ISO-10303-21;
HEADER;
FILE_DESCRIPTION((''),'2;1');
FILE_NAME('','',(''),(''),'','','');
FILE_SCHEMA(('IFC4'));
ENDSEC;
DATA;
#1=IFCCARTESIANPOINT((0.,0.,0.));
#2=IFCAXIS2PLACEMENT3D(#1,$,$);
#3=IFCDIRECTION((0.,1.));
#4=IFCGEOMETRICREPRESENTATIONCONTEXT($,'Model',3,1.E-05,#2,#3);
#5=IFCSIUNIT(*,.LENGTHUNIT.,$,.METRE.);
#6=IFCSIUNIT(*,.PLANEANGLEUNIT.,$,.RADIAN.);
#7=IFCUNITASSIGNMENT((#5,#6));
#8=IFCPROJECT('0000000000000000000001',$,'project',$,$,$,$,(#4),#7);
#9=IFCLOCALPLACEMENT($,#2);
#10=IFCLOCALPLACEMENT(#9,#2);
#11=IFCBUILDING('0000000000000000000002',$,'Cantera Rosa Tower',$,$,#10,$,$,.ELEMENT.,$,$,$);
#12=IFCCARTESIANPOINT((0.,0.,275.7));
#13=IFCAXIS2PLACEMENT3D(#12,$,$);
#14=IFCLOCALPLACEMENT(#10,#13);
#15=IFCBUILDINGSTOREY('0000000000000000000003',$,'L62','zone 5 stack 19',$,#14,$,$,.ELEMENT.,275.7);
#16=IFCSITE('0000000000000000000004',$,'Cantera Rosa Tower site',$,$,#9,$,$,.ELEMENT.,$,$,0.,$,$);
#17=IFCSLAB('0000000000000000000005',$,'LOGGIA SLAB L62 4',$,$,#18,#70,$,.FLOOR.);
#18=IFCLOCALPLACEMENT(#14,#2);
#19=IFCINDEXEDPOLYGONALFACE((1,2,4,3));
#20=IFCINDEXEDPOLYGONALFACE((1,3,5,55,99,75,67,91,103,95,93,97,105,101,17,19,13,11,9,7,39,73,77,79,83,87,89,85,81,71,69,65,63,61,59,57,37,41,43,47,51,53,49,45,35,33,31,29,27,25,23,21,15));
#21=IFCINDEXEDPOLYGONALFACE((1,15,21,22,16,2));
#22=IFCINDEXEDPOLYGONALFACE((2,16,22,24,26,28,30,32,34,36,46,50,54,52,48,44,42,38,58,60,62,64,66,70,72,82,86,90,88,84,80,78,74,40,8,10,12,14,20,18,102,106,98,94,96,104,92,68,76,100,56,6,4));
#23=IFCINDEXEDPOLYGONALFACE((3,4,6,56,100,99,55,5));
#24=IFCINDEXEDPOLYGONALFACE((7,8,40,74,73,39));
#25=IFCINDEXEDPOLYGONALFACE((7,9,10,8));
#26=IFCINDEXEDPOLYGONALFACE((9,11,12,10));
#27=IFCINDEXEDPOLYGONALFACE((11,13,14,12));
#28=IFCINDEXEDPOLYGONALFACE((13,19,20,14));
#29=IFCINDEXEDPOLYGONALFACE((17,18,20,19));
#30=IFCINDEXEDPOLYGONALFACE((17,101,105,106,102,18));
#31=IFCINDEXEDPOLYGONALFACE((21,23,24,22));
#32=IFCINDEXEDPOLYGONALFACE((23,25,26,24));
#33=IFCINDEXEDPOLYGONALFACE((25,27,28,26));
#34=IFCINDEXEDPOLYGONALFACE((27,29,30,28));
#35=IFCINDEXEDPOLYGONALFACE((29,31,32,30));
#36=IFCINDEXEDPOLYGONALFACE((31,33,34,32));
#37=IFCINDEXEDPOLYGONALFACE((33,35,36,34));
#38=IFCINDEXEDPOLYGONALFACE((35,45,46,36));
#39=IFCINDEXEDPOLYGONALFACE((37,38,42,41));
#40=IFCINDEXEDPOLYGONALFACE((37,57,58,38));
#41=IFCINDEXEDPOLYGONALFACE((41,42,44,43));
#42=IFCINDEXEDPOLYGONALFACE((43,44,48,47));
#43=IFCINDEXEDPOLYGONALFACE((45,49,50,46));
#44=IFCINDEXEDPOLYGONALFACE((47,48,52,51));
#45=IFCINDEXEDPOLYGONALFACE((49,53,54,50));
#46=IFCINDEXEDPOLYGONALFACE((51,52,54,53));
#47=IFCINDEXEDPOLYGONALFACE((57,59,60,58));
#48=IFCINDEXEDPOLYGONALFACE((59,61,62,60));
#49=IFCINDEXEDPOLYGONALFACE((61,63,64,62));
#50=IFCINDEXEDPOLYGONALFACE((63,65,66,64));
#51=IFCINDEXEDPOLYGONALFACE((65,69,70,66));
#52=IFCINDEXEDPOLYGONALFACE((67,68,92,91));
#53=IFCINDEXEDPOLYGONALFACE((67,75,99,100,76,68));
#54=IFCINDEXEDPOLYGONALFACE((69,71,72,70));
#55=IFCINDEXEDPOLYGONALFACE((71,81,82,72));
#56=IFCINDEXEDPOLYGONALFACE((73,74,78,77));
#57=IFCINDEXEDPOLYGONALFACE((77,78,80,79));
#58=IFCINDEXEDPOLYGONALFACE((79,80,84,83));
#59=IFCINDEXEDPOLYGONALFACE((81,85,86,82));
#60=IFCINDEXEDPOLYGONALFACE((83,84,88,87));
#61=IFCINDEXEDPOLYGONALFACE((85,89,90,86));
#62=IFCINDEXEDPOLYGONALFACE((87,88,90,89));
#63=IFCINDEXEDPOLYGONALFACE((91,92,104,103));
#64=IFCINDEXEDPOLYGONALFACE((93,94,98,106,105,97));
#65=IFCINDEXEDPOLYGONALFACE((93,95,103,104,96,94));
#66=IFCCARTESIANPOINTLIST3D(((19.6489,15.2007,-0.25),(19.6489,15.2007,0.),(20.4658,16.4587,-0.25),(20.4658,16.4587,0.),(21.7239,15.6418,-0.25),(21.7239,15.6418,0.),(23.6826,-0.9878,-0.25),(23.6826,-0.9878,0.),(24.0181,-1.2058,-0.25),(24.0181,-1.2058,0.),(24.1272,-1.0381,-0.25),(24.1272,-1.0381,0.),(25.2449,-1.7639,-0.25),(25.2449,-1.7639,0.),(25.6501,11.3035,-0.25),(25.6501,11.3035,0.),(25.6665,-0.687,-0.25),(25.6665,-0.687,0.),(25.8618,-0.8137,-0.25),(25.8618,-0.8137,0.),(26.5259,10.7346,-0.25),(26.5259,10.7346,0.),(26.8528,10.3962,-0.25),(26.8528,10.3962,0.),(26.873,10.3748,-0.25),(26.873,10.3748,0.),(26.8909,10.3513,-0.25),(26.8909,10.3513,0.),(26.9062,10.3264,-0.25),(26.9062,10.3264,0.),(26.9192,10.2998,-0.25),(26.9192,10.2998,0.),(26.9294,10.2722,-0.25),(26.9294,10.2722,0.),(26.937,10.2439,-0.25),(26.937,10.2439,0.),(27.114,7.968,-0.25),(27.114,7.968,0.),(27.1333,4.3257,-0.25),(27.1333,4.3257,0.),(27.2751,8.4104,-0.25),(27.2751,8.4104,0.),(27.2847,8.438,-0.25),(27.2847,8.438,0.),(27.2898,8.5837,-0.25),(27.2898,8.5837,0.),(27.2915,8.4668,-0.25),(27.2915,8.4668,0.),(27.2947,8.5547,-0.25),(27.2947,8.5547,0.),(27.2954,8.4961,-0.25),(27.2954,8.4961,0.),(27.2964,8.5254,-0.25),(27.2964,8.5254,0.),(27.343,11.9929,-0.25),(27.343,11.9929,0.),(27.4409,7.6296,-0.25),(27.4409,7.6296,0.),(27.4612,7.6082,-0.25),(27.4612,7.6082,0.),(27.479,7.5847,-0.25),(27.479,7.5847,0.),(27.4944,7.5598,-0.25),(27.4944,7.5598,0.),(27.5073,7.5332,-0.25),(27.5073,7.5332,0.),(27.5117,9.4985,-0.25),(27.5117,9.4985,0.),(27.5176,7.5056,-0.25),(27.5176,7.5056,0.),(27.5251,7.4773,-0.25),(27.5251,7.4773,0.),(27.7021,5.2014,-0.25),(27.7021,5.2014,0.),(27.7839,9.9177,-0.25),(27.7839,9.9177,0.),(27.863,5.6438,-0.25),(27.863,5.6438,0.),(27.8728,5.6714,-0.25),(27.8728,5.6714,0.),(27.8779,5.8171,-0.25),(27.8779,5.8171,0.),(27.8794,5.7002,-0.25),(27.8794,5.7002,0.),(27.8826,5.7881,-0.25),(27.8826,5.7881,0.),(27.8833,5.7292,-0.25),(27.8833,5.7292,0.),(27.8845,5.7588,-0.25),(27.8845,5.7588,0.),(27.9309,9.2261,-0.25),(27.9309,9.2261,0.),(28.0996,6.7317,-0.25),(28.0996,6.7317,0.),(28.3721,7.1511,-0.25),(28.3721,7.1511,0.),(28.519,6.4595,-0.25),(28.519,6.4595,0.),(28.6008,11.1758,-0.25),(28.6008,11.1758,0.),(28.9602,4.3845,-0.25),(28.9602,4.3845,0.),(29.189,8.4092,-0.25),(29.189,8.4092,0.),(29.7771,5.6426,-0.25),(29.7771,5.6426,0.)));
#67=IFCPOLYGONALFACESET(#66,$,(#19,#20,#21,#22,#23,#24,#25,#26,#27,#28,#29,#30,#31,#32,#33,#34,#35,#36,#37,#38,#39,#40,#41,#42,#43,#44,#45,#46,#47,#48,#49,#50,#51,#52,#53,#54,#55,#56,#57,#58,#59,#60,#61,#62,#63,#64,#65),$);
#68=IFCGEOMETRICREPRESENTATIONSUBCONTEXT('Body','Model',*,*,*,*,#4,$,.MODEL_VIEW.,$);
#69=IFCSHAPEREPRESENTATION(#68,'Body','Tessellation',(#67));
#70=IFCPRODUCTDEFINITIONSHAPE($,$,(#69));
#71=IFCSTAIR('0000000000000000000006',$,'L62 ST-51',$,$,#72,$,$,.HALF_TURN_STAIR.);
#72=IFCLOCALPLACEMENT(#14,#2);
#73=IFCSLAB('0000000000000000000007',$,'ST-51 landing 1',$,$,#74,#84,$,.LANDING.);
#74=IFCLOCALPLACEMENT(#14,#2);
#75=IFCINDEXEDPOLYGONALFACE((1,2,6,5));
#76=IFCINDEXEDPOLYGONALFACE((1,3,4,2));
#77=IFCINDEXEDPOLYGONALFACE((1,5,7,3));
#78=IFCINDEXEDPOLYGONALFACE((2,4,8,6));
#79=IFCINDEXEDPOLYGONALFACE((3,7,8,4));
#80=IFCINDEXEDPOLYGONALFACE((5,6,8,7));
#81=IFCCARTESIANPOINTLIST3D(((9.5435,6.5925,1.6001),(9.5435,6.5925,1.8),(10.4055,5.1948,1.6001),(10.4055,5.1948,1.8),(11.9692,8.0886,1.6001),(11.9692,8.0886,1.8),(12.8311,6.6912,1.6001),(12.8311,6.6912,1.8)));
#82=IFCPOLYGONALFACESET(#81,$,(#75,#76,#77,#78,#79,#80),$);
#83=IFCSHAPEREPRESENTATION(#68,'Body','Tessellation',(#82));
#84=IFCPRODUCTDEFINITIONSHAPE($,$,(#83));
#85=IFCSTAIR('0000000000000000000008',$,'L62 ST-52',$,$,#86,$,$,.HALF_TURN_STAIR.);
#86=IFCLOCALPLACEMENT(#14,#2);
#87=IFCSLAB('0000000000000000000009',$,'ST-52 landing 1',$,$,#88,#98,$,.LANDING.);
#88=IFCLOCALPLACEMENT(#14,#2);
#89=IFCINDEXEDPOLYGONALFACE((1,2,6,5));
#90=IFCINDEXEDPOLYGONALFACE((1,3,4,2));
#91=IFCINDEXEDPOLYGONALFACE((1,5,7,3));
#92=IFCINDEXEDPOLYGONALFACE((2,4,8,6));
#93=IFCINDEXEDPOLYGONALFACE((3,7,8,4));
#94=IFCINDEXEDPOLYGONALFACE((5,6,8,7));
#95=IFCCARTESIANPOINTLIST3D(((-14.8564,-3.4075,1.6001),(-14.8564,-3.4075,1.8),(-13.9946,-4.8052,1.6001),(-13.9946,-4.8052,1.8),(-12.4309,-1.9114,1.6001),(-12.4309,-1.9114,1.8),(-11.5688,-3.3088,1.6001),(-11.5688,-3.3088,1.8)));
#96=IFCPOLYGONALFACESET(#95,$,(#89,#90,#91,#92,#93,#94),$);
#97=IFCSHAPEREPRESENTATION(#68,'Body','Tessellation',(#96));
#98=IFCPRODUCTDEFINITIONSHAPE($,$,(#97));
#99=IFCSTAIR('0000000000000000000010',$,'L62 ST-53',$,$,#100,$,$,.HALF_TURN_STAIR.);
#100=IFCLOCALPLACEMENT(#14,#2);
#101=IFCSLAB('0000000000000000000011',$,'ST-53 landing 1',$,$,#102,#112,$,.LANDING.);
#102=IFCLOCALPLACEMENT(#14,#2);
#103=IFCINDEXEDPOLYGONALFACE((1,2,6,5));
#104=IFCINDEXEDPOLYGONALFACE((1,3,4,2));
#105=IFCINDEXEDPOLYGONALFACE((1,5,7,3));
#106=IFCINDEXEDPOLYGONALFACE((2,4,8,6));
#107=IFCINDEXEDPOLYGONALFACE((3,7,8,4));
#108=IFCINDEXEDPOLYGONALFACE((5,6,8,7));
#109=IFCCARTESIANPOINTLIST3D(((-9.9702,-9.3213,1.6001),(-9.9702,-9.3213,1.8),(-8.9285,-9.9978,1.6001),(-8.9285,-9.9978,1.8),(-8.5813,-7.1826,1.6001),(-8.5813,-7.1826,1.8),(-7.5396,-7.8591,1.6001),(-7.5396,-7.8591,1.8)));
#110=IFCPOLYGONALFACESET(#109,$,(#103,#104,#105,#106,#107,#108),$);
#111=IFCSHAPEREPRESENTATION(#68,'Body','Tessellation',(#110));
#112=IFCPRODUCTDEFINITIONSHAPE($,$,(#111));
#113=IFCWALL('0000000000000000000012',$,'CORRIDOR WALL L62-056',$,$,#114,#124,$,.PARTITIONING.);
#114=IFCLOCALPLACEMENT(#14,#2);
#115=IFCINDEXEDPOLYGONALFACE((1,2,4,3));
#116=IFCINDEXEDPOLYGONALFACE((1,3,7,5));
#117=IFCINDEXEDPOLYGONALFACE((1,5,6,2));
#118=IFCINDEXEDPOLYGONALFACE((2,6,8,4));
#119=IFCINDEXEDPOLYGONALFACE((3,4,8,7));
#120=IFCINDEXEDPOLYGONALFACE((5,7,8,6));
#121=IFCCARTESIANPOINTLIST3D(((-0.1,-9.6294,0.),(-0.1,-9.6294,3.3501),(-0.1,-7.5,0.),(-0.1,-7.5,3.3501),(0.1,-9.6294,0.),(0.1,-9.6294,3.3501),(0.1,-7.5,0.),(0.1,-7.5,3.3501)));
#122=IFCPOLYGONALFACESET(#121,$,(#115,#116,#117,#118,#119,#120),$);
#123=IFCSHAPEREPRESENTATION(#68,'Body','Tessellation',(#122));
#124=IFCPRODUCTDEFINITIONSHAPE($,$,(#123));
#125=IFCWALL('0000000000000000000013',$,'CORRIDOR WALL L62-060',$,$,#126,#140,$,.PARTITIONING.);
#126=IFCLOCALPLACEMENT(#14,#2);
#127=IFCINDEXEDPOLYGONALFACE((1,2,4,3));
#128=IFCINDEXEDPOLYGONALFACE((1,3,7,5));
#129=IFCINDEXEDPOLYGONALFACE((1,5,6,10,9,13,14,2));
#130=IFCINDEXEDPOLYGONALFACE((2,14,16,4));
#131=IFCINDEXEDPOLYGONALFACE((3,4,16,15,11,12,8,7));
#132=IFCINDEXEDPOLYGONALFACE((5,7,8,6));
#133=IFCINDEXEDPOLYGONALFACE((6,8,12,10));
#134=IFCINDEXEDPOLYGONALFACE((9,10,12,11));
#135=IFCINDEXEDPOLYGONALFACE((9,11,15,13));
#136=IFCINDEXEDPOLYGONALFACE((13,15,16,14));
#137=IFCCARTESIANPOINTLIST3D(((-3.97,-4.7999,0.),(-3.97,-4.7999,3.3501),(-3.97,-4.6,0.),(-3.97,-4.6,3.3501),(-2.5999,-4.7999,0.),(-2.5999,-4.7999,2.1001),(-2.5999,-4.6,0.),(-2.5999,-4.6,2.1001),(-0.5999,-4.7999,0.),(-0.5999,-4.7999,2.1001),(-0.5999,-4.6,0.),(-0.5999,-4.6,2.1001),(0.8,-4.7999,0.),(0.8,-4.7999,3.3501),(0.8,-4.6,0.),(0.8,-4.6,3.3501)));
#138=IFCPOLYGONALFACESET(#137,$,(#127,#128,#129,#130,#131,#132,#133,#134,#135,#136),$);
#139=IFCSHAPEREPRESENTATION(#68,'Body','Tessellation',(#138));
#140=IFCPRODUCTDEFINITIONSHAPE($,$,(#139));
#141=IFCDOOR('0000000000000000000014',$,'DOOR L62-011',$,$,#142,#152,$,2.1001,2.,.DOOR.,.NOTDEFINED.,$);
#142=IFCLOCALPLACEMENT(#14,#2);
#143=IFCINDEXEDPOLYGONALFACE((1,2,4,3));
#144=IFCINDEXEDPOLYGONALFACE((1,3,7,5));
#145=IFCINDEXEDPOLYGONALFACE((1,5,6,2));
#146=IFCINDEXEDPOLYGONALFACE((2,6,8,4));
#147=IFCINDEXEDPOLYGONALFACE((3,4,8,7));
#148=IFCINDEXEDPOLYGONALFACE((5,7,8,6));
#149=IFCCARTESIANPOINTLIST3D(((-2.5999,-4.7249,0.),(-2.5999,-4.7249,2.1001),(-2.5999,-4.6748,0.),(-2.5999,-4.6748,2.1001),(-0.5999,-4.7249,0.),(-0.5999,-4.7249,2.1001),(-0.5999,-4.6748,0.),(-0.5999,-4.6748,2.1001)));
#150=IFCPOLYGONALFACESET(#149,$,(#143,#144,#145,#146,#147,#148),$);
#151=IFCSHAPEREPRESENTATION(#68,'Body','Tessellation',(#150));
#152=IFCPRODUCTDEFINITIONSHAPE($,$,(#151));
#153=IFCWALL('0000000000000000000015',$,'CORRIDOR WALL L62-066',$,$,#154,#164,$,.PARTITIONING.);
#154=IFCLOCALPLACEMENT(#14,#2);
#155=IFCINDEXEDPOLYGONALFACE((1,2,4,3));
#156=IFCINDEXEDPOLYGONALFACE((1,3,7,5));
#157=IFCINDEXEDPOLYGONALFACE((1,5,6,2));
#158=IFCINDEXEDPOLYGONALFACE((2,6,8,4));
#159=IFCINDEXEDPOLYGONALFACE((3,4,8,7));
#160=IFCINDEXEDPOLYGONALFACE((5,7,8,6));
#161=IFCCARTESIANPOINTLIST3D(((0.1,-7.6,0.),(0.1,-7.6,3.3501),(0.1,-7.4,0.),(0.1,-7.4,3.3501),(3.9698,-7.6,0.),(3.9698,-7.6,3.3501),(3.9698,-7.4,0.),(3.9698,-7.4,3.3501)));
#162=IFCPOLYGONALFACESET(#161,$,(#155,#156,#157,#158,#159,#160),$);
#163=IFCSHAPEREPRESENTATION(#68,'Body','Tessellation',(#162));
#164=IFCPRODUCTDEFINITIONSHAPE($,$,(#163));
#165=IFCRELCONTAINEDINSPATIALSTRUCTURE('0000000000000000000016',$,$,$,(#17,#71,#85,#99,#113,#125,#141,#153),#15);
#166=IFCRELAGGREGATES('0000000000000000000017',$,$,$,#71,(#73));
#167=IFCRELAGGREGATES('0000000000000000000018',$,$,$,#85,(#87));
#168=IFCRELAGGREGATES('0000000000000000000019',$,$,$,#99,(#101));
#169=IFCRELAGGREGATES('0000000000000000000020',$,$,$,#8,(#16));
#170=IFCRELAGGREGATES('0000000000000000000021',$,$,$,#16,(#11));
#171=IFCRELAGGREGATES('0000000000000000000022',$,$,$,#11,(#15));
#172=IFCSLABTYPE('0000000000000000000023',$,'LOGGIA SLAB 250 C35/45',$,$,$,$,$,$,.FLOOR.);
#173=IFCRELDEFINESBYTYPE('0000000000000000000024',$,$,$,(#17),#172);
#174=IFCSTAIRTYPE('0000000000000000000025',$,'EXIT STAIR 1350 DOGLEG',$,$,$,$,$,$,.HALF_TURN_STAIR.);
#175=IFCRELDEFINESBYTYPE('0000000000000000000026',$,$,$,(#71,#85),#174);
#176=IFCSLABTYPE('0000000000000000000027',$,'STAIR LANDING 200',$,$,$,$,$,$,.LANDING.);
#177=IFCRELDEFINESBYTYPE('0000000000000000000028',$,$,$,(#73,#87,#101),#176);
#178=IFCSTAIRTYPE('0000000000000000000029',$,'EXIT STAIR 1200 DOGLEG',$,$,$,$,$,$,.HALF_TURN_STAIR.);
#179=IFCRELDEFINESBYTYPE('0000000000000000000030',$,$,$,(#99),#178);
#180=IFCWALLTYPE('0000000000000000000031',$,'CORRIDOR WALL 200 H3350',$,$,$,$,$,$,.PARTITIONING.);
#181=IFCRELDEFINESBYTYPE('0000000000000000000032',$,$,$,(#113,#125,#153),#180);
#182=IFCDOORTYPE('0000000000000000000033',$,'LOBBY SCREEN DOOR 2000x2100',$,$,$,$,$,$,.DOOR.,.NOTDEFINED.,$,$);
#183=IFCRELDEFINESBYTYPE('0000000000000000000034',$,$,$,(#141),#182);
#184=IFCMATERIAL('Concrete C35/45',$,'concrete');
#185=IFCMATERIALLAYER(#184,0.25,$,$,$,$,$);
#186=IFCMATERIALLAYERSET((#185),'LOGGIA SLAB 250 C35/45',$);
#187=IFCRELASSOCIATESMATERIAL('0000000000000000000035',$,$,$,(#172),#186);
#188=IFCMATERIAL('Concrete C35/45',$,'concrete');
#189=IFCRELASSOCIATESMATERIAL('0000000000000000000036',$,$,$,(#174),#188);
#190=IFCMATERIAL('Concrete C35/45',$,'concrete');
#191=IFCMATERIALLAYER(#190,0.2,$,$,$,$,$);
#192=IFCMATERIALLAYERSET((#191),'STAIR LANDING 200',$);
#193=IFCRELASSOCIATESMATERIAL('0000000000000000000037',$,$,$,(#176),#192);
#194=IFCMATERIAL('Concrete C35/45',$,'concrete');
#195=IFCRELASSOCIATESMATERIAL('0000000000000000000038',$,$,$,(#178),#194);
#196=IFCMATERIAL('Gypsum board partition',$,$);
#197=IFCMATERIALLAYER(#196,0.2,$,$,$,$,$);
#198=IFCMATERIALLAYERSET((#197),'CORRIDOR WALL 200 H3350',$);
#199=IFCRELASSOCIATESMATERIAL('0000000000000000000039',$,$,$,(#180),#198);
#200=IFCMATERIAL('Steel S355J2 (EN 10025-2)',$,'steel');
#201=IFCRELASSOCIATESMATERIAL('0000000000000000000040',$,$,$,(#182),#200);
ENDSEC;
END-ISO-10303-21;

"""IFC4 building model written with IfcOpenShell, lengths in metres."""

from ifc_helpers import new_model, si_unit, direction, frame, frame_2d, origin, place, context, subcontext, project, spatial, polyline, rectangle, outline, extrude, material, layer, layer_set, type_object, element, fill, aggregate, save


model = new_model("IFC4")

# Units and contexts
model_context = context("Model", 3, precision=1e-05, world=origin(), true_north=direction((0.0, 1.0)))
body_context = subcontext(model_context, "Body", "Model", "MODEL_VIEW")
ifc_project = project(units=[si_unit("LENGTHUNIT", "METRE"), si_unit("PLANEANGLEUNIT", "RADIAN")], contexts=[model_context])

# Site, building, storey
site_placement = place(None, origin())
site = spatial("IfcSite", under=ifc_project, at=site_placement, Name="Cantera Rosa Tower site", CompositionType="ELEMENT", RefElevation=0.0)
building_placement = place(site_placement, origin())
building = spatial("IfcBuilding", under=site, at=building_placement, Name="Cantera Rosa Tower", CompositionType="ELEMENT")
storey_placement = place(building_placement, frame((0.0, 0.0, 275.7)))
storey = spatial("IfcBuildingStorey", under=building, at=storey_placement, Name="L62", Description="zone 5 stack 19", CompositionType="ELEMENT", Elevation=275.7)

# Slab
ifc_material_1 = material(Name="Concrete C35/45", Category="concrete")
ifc_layer_1 = layer(ifc_material_1, 0.25)
ifc_layer_set_1 = layer_set([ifc_layer_1], Name="LOGGIA SLAB 250 C35/45")
slab_type_1 = type_object("IfcSlabType", Name="LOGGIA SLAB 250 C35/45", PredefinedType="FLOOR", material=ifc_layer_set_1)
slab_1_placement = place(storey_placement, frame((0.0, 0.0, -0.25)))
element("IfcSlab", 1, at=slab_1_placement, inside=storey, type_object=slab_type_1, Name="LOGGIA SLAB L62 4", PredefinedType="FLOOR", context=body_context, shape_type="SweptSolid", body=[
    extrude(outline(polyline([(27.343, 11.9929), (28.6008, 11.1758), (27.7839, 9.9177), (27.5117, 9.4985), (27.9309, 9.2261), (29.189, 8.4092), (28.3721, 7.1511), (28.0996, 6.7317), (28.519, 6.4595), (29.7771, 5.6426), (28.9602, 4.3845), (25.6665, -0.687), (25.8618, -0.8137), (25.2449, -1.7639), (24.1272, -1.0381), (24.0181, -1.2058), (23.6826, -0.9878), (27.1333, 4.3257), (27.7021, 5.2014), (27.863, 5.6438), (27.8728, 5.6714), (27.8794, 5.7002), (27.8833, 5.7292), (27.8845, 5.7588), (27.8826, 5.7881), (27.8779, 5.8171), (27.5251, 7.4773), (27.5176, 7.5056), (27.5073, 7.5332), (27.4944, 7.5598), (27.479, 7.5847), (27.4612, 7.6082), (27.4409, 7.6296), (27.114, 7.968), (27.2751, 8.4104), (27.2847, 8.438), (27.2915, 8.4668), (27.2954, 8.4961), (27.2964, 8.5254), (27.2947, 8.5547), (27.2898, 8.5837), (26.937, 10.2439), (26.9294, 10.2722), (26.9192, 10.2998), (26.9062, 10.3264), (26.8909, 10.3513), (26.873, 10.3748), (26.8528, 10.3962), (26.5259, 10.7346), (25.6501, 11.3035), (19.6489, 15.2007), (20.4658, 16.4587), (21.7239, 15.6418), (27.343, 11.9929)])), origin(), (0.0, 0.0, 1.0), 0.25),
])

# Stairs, slabs
ifc_material_2 = material(Name="Concrete C35/45", Category="concrete")
stair_type_1 = type_object("IfcStairType", Name="EXIT STAIR 1350 DOGLEG", PredefinedType="HALF_TURN_STAIR", material=ifc_material_2)
stair_1_placement = place(storey_placement, origin())
stair_1 = element("IfcStair", 2, at=stair_1_placement, inside=storey, type_object=stair_type_1, Name="L62 ST-51", PredefinedType="HALF_TURN_STAIR")
ifc_material_3 = material(Name="Concrete C35/45", Category="concrete")
ifc_layer_2 = layer(ifc_material_3, 0.2)
ifc_layer_set_2 = layer_set([ifc_layer_2], Name="STAIR LANDING 200")
slab_type_2 = type_object("IfcSlabType", Name="STAIR LANDING 200", PredefinedType="LANDING", material=ifc_layer_set_2)
slab_2_placement = place(storey_placement, frame((0.0, 0.0, 1.6001)))
slab_2 = element("IfcSlab", 3, at=slab_2_placement, type_object=slab_type_2, Name="ST-51 landing 1", PredefinedType="LANDING", context=body_context, shape_type="SweptSolid", body=[
    extrude(outline(polyline([(12.8311, 6.6912), (11.9692, 8.0886), (9.5435, 6.5925), (10.4055, 5.1948), (12.8311, 6.6912)])), origin(), (0.0, 0.0, 1.0), 0.2),
])
aggregate(stair_1, [slab_2])
stair_2_placement = place(storey_placement, origin())
stair_2 = element("IfcStair", 4, at=stair_2_placement, inside=storey, type_object=stair_type_1, Name="L62 ST-52", PredefinedType="HALF_TURN_STAIR")
slab_3_placement = place(storey_placement, frame((0.0, 0.0, 1.6001)))
slab_3 = element("IfcSlab", 5, at=slab_3_placement, type_object=slab_type_2, Name="ST-52 landing 1", PredefinedType="LANDING", context=body_context, shape_type="SweptSolid", body=[
    extrude(outline(polyline([(-11.5688, -3.3088), (-12.4309, -1.9114), (-14.8564, -3.4075), (-13.9946, -4.8052), (-11.5688, -3.3088)])), origin(), (0.0, 0.0, 1.0), 0.2),
])
aggregate(stair_2, [slab_3])
ifc_material_4 = material(Name="Concrete C35/45", Category="concrete")
stair_type_2 = type_object("IfcStairType", Name="EXIT STAIR 1200 DOGLEG", PredefinedType="HALF_TURN_STAIR", material=ifc_material_4)
stair_3_placement = place(storey_placement, origin())
stair_3 = element("IfcStair", 6, at=stair_3_placement, inside=storey, type_object=stair_type_2, Name="L62 ST-53", PredefinedType="HALF_TURN_STAIR")
slab_4_placement = place(storey_placement, frame((0.0, 0.0, 1.6001)))
slab_4 = element("IfcSlab", 7, at=slab_4_placement, type_object=slab_type_2, Name="ST-53 landing 1", PredefinedType="LANDING", context=body_context, shape_type="SweptSolid", body=[
    extrude(outline(polyline([(-7.5396, -7.8591), (-8.5813, -7.1826), (-9.9702, -9.3213), (-8.9285, -9.9978), (-7.5396, -7.8591)])), origin(), (0.0, 0.0, 1.0), 0.2),
])
aggregate(stair_3, [slab_4])

# Wall
ifc_material_5 = material(Name="Gypsum board partition")
ifc_layer_3 = layer(ifc_material_5, 0.2)
ifc_layer_set_3 = layer_set([ifc_layer_3], Name="CORRIDOR WALL 200 H3350")
wall_type_1 = type_object("IfcWallType", Name="CORRIDOR WALL 200 H3350", PredefinedType="PARTITIONING", material=ifc_layer_set_3)
wall_1_placement = place(storey_placement, frame((0.0, -7.5, 0.0), z_axis=(0.0, 0.0, 1.0), x_axis=(0.0, -1.0, 0.0)))
element("IfcWall", 8, at=wall_1_placement, inside=storey, type_object=wall_type_1, Name="CORRIDOR WALL L62-056", PredefinedType="PARTITIONING", context=body_context, shape_type="SweptSolid", body=[
    extrude(rectangle(XDim=2.1294, YDim=0.2, at=frame_2d((1.0647, 0.0))), origin(), (0.0, 0.0, 1.0), 3.3501),
])

# Wall, opening, door
wall_2_placement = place(storey_placement, frame((0.8, -4.7, 0.0), z_axis=(0.0, 0.0, 1.0), x_axis=(-1.0, 0.0, 0.0)))
wall_2 = element("IfcWall", 9, at=wall_2_placement, inside=storey, type_object=wall_type_1, Name="CORRIDOR WALL L62-060", PredefinedType="PARTITIONING", context=body_context, shape_type="SweptSolid", body=[
    extrude(rectangle(XDim=4.77, YDim=0.2, at=frame_2d((2.385, 0.0))), origin(), (0.0, 0.0, 1.0), 3.3501),
])
opening_1_placement = place(wall_2_placement, frame((1.3999, 0.0, 0.0)))
opening_1 = element("IfcOpeningElement", 10, at=opening_1_placement, cuts=wall_2, PredefinedType="OPENING", context=body_context, shape_type="SweptSolid", body=[
    extrude(rectangle(XDim=2.0, YDim=2.1001, at=frame_2d((1.0, 1.05))), frame((0.0, 0.1099, 0.0), z_axis=(0.0, -1.0, 0.0), x_axis=(1.0, 0.0, 0.0)), (0.0, 0.0, 1.0), 0.22),
])
ifc_material_6 = material(Name="Steel S355J2 (EN 10025-2)", Category="steel")
door_type_1 = type_object("IfcDoorType", Name="LOBBY SCREEN DOOR 2000x2100", OperationType="NOTDEFINED", PredefinedType="DOOR", material=ifc_material_6)
door_1_placement = place(opening_1_placement, origin())
door_1 = element("IfcDoor", 11, at=door_1_placement, inside=storey, type_object=door_type_1, Name="DOOR L62-011", OperationType="NOTDEFINED", OverallHeight=2.1001, OverallWidth=2.0, PredefinedType="DOOR", context=body_context, shape_type="SweptSolid", body=[
    extrude(rectangle(XDim=2.0, YDim=2.1001, at=frame_2d((1.0, 1.05))), frame((0.0, 0.0249, 0.0), z_axis=(0.0, -1.0, 0.0), x_axis=(1.0, 0.0, 0.0)), (0.0, 0.0, 1.0), 0.05),
])
fill(opening_1, door_1)

# Wall
wall_3_placement = place(storey_placement, frame((3.97, -7.5, 0.0), z_axis=(0.0, 0.0, 1.0), x_axis=(-1.0, 0.0, 0.0)))
element("IfcWall", 12, at=wall_3_placement, inside=storey, type_object=wall_type_1, Name="CORRIDOR WALL L62-066", PredefinedType="PARTITIONING", context=body_context, shape_type="SweptSolid", body=[
    extrude(rectangle(XDim=3.8699, YDim=0.2, at=frame_2d((1.9351, 0.0))), origin(), (0.0, 0.0, 1.0), 3.3501),
])

save(model, "model.ifc")
